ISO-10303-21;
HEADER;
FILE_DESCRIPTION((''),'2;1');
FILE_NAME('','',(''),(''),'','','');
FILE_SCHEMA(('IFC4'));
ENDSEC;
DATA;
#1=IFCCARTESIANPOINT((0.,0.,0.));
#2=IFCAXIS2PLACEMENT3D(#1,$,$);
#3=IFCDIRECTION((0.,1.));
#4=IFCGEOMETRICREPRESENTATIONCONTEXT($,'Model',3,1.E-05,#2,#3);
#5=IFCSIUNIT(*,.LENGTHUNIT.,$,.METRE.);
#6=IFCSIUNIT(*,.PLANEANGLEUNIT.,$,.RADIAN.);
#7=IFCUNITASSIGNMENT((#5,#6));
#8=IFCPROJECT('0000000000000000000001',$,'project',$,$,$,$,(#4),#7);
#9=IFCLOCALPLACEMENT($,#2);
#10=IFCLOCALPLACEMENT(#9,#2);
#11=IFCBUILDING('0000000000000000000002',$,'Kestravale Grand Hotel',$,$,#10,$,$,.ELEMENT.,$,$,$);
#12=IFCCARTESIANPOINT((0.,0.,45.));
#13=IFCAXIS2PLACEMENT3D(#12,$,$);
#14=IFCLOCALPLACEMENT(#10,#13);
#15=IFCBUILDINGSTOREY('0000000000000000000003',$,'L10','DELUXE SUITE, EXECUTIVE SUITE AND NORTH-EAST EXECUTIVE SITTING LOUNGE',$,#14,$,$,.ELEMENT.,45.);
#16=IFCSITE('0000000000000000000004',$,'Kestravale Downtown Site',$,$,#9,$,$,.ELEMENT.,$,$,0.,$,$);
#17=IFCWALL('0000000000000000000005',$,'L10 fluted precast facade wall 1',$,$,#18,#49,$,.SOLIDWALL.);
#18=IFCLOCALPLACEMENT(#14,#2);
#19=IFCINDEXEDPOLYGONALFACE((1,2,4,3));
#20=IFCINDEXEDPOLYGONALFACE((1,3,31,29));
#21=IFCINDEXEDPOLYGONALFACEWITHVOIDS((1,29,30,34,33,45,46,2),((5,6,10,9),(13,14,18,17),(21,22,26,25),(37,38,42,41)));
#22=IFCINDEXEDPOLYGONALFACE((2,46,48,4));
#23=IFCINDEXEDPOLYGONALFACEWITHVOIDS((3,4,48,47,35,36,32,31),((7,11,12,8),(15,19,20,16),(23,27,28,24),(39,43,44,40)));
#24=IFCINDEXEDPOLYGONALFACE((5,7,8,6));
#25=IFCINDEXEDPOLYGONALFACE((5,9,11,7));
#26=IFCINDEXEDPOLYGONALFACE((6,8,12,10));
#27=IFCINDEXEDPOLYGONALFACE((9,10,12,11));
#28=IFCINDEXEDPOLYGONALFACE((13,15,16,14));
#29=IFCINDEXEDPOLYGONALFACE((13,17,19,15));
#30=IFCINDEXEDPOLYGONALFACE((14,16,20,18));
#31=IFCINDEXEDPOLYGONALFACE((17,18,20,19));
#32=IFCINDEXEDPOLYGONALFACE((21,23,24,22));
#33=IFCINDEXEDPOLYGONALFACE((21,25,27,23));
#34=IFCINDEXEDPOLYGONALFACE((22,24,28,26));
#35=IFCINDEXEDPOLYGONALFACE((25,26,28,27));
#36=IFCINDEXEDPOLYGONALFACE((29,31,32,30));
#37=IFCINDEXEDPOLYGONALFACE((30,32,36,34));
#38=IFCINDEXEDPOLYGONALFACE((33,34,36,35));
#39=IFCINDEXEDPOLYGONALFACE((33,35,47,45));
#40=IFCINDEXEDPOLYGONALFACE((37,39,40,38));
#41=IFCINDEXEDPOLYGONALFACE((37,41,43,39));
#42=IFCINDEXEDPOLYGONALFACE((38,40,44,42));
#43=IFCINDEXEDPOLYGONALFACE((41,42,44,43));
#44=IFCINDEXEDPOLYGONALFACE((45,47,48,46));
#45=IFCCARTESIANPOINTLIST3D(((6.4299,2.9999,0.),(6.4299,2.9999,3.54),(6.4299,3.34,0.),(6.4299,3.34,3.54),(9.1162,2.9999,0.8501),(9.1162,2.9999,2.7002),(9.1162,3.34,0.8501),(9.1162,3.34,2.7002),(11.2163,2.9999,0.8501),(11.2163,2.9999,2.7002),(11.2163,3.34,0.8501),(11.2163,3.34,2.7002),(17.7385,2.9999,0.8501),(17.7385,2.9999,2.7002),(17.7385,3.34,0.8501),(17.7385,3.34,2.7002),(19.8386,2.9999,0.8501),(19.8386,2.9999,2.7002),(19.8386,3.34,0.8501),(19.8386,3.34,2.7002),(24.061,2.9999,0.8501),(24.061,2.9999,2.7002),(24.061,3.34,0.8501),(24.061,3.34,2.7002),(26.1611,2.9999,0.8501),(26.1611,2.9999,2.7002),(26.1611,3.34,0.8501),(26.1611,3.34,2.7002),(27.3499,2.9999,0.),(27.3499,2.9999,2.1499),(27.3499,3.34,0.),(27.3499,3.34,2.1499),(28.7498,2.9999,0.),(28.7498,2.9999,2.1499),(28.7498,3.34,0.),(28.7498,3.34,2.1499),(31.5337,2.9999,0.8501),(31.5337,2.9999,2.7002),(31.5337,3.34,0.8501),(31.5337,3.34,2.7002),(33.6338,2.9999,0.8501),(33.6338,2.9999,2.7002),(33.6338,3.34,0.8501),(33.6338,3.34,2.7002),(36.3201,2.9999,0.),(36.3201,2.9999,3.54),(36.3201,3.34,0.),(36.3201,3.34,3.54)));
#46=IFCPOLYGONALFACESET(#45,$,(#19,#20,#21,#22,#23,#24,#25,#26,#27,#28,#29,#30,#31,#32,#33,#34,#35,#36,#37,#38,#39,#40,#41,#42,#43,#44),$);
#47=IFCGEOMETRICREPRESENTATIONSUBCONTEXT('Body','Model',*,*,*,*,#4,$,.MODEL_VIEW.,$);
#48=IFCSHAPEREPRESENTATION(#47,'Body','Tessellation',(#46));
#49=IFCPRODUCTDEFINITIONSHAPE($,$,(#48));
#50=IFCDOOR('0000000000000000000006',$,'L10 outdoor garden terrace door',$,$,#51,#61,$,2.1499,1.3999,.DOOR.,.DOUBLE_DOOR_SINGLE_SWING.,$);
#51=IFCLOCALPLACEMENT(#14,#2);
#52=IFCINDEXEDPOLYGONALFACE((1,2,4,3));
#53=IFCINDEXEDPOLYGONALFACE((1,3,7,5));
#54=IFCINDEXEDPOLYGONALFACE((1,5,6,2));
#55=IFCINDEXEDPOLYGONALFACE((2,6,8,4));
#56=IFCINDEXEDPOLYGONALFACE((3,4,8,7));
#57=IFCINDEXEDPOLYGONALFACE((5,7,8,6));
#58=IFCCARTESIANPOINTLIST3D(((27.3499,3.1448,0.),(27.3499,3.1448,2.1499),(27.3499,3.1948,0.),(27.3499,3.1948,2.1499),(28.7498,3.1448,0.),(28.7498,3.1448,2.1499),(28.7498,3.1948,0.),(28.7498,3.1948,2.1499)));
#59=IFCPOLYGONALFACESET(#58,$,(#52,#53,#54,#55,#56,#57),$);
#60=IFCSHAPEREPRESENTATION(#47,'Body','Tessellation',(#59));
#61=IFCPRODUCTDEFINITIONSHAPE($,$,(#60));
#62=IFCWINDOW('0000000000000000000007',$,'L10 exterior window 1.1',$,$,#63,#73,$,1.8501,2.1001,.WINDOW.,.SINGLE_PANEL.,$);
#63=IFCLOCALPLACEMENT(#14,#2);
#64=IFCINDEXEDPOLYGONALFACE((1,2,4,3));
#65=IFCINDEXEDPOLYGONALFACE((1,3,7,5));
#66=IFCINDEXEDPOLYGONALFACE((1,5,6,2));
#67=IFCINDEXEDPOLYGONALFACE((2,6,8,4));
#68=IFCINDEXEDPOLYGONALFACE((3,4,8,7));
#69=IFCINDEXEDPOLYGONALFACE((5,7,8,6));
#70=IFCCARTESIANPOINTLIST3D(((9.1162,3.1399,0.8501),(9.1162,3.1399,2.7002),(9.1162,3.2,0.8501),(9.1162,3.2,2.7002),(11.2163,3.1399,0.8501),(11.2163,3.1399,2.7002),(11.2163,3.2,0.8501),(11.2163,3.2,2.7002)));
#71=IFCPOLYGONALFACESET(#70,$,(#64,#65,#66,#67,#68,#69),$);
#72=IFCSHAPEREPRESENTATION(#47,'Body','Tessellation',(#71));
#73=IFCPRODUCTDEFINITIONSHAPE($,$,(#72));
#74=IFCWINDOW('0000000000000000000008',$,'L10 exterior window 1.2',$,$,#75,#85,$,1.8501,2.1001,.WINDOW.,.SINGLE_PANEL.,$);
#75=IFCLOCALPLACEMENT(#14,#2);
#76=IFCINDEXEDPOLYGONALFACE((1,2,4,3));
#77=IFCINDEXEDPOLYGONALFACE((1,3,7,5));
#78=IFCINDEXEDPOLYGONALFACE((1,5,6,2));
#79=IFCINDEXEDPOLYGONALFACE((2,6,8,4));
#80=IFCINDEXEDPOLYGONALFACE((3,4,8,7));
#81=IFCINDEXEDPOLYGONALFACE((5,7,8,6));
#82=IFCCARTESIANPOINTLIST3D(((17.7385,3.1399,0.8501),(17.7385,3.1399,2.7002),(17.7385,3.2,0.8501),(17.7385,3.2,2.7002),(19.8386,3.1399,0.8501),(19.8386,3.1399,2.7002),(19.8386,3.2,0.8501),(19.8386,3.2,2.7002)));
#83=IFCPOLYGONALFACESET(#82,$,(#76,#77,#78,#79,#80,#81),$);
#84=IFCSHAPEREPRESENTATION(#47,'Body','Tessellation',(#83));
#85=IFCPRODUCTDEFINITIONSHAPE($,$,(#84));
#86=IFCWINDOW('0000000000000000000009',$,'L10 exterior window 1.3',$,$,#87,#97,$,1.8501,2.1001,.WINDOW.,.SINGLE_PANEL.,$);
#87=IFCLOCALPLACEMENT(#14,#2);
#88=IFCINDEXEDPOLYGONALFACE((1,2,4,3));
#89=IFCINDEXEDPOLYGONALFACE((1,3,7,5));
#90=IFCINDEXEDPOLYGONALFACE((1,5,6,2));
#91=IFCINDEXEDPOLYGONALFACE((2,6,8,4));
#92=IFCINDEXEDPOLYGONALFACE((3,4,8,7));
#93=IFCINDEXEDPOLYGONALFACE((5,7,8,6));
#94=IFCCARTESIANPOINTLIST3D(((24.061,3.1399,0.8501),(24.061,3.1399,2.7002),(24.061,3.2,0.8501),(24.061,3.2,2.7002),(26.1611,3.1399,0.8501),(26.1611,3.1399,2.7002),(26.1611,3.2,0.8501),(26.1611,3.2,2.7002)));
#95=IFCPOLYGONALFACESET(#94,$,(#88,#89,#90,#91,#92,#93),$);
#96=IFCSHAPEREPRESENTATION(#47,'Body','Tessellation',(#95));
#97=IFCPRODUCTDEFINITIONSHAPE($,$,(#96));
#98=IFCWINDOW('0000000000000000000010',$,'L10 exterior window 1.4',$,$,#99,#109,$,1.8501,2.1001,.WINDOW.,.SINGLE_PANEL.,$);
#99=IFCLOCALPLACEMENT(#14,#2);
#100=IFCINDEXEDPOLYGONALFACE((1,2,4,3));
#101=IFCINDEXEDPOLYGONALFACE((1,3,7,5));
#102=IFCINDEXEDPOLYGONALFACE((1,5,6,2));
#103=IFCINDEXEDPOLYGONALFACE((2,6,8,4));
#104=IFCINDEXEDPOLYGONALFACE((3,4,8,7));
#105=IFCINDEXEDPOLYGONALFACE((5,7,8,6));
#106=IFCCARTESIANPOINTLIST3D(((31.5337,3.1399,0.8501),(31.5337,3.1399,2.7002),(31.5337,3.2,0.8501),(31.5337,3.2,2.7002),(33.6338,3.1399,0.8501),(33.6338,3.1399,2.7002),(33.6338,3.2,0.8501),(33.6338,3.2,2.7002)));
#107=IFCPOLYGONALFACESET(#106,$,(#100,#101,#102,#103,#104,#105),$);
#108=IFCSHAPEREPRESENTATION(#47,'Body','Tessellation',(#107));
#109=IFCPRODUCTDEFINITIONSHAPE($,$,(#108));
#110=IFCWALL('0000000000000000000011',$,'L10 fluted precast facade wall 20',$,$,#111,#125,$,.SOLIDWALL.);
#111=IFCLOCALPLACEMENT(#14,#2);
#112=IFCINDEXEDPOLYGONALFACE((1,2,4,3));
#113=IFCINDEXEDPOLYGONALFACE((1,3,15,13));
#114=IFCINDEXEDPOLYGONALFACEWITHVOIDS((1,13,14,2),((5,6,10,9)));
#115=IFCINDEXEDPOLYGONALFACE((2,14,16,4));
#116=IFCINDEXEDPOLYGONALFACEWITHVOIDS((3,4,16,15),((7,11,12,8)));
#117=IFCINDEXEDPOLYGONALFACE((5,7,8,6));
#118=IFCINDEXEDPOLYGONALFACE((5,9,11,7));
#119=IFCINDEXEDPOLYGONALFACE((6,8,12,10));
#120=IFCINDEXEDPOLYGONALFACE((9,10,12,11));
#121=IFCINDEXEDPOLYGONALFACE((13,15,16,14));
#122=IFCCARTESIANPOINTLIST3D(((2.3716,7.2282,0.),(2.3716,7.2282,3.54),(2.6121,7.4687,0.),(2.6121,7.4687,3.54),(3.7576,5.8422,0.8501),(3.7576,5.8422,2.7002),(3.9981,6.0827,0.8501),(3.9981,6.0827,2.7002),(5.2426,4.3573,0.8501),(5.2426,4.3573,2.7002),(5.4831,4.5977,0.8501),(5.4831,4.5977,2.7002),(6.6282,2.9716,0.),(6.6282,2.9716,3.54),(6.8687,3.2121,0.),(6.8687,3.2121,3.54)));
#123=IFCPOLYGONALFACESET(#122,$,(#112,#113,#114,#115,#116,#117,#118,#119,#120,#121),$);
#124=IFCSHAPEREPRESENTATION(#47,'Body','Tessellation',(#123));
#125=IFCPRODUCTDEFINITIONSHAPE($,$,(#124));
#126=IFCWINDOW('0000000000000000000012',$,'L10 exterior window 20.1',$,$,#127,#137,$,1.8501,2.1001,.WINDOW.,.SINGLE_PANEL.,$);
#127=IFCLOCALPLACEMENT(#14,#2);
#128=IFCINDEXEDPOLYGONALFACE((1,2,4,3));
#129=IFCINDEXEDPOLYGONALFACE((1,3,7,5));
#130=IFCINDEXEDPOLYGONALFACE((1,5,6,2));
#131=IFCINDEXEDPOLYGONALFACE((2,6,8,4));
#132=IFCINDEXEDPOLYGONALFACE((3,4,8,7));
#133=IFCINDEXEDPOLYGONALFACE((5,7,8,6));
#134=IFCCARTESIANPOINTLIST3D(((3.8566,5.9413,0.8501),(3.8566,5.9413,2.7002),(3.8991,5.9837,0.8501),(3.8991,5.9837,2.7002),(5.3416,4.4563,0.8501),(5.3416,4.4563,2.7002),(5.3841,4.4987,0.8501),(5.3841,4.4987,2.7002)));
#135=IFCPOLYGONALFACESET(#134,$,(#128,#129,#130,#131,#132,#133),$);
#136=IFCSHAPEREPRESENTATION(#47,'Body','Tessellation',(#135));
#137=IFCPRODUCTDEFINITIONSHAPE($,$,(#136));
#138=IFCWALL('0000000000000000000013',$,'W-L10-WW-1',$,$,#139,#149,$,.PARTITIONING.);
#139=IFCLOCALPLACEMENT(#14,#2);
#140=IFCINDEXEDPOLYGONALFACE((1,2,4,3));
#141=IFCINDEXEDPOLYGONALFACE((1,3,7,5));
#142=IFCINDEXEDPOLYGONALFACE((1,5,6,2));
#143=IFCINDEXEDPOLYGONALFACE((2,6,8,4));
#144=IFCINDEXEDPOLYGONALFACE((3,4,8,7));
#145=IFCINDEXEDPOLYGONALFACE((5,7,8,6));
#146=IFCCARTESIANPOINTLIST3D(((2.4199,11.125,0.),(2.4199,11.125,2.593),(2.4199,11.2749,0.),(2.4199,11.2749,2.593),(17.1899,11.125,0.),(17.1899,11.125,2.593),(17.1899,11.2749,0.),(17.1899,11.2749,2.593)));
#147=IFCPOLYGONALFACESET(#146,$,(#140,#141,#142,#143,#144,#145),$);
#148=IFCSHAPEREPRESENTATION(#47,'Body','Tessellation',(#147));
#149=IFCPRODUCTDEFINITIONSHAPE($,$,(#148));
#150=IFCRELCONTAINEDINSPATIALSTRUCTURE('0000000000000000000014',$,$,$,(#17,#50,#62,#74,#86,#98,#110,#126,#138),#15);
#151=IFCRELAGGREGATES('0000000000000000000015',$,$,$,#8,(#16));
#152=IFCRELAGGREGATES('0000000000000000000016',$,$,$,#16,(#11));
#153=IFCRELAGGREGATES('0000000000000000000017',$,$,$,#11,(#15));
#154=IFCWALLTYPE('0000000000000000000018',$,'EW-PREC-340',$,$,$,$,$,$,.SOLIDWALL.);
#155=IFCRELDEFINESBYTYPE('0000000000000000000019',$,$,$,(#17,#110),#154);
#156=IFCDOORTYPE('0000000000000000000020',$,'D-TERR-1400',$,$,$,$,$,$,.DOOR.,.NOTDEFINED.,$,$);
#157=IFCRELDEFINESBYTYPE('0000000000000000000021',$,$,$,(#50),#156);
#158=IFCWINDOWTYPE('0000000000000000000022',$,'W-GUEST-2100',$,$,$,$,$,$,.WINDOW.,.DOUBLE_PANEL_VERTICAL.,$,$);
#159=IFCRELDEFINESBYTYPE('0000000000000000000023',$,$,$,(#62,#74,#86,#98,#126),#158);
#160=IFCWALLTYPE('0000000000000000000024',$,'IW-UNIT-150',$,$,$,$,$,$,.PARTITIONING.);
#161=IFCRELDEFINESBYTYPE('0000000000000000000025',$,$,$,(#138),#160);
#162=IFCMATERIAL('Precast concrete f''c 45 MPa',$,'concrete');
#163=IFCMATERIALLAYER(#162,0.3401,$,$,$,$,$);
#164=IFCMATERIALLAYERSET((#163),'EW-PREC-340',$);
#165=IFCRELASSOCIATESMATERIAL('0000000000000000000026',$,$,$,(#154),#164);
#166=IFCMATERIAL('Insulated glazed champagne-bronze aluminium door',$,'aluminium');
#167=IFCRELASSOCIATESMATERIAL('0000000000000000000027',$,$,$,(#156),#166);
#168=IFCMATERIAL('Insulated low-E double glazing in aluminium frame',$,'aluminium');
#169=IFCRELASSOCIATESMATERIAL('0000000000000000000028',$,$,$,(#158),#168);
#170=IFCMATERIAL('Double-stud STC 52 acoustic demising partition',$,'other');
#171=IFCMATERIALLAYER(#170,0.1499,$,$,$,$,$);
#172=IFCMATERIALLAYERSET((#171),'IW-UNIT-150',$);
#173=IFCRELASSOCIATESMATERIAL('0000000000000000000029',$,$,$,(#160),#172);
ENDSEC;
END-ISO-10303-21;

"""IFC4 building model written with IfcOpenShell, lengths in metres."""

from ifc_helpers import new_model, si_unit, direction, frame, frame_2d, origin, place, context, subcontext, project, spatial, rectangle, extrude, material, layer, layer_set, type_object, element, fill, save


model = new_model("IFC4")

# Units and contexts
model_context = context("Model", 3, precision=1e-05, world=origin(), true_north=direction((0.0, 1.0)))
body_context = subcontext(model_context, "Body", "Model", "MODEL_VIEW")
ifc_project = project(units=[si_unit("LENGTHUNIT", "METRE"), si_unit("PLANEANGLEUNIT", "RADIAN")], contexts=[model_context])

# Site, building, storey
site_placement = place(None, origin())
site = spatial("IfcSite", under=ifc_project, at=site_placement, Name="Kestravale Downtown Site", CompositionType="ELEMENT", RefElevation=0.0)
building_placement = place(site_placement, origin())
building = spatial("IfcBuilding", under=site, at=building_placement, Name="Kestravale Grand Hotel", CompositionType="ELEMENT")
storey_placement = place(building_placement, frame((0.0, 0.0, 45.0)))
storey = spatial("IfcBuildingStorey", under=building, at=storey_placement, Name="L10", Description="DELUXE SUITE, EXECUTIVE SUITE AND NORTH-EAST EXECUTIVE SITTING LOUNGE", CompositionType="ELEMENT", Elevation=45.0)

# Wall, openings, door, windows
ifc_material_1 = material(Name="Precast concrete f'c 45 MPa", Category="concrete")
ifc_layer_1 = layer(ifc_material_1, 0.3401)
ifc_layer_set_1 = layer_set([ifc_layer_1], Name="EW-PREC-340")
wall_type_1 = type_object("IfcWallType", Name="EW-PREC-340", PredefinedType="SOLIDWALL", material=ifc_layer_set_1)
wall_1_placement = place(storey_placement, frame((6.4299, 3.1699, 0.0), z_axis=(0.0, 0.0, 1.0), x_axis=(1.0, 0.0, 0.0)))
wall_1 = element("IfcWall", 1, at=wall_1_placement, inside=storey, type_object=wall_type_1, Name="L10 fluted precast facade wall 1", PredefinedType="SOLIDWALL", context=body_context, shape_type="SweptSolid", body=[
    extrude(rectangle(XDim=29.8901, YDim=0.3401, at=frame_2d((14.9451, 0.0))), origin(), (0.0, 0.0, 1.0), 3.54),
])
opening_1_placement = place(wall_1_placement, frame((20.9199, 0.0, 0.0)))
opening_1 = element("IfcOpeningElement", 2, at=opening_1_placement, cuts=wall_1, PredefinedType="OPENING", context=body_context, shape_type="SweptSolid", body=[
    extrude(rectangle(XDim=1.3999, YDim=2.1499, at=frame_2d((0.7, 1.075))), frame((0.0, 0.1799, 0.0), z_axis=(0.0, -1.0, 0.0), x_axis=(1.0, 0.0, 0.0)), (0.0, 0.0, 1.0), 0.3601),
])
opening_2_placement = place(wall_1_placement, frame((2.6863, 0.0, 0.8501)))
opening_2 = element("IfcOpeningElement", 3, at=opening_2_placement, cuts=wall_1, PredefinedType="OPENING", context=body_context, shape_type="SweptSolid", body=[
    extrude(rectangle(XDim=2.1001, YDim=1.8501, at=frame_2d((1.05, 0.925))), frame((0.0, 0.1799, 0.0), z_axis=(0.0, -1.0, 0.0), x_axis=(1.0, 0.0, 0.0)), (0.0, 0.0, 1.0), 0.3601),
])
opening_3_placement = place(wall_1_placement, frame((11.3086, 0.0, 0.8501)))
opening_3 = element("IfcOpeningElement", 4, at=opening_3_placement, cuts=wall_1, PredefinedType="OPENING", context=body_context, shape_type="SweptSolid", body=[
    extrude(rectangle(XDim=2.1001, YDim=1.8501, at=frame_2d((1.05, 0.925))), frame((0.0, 0.1799, 0.0), z_axis=(0.0, -1.0, 0.0), x_axis=(1.0, 0.0, 0.0)), (0.0, 0.0, 1.0), 0.3601),
])
opening_4_placement = place(wall_1_placement, frame((17.6311, 0.0, 0.8501)))
opening_4 = element("IfcOpeningElement", 5, at=opening_4_placement, cuts=wall_1, PredefinedType="OPENING", context=body_context, shape_type="SweptSolid", body=[
    extrude(rectangle(XDim=2.1001, YDim=1.8501, at=frame_2d((1.05, 0.925))), frame((0.0, 0.1799, 0.0), z_axis=(0.0, -1.0, 0.0), x_axis=(1.0, 0.0, 0.0)), (0.0, 0.0, 1.0), 0.3601),
])
opening_5_placement = place(wall_1_placement, frame((25.1038, 0.0, 0.8501)))
opening_5 = element("IfcOpeningElement", 6, at=opening_5_placement, cuts=wall_1, PredefinedType="OPENING", context=body_context, shape_type="SweptSolid", body=[
    extrude(rectangle(XDim=2.1001, YDim=1.8501, at=frame_2d((1.05, 0.925))), frame((0.0, 0.1799, 0.0), z_axis=(0.0, -1.0, 0.0), x_axis=(1.0, 0.0, 0.0)), (0.0, 0.0, 1.0), 0.3601),
])
ifc_material_2 = material(Name="Insulated glazed champagne-bronze aluminium door", Category="aluminium")
door_type = type_object("IfcDoorType", Name="D-TERR-1400", OperationType="NOTDEFINED", PredefinedType="DOOR", material=ifc_material_2)
door_placement = place(opening_1_placement, origin())
door = element("IfcDoor", 7, at=door_placement, inside=storey, type_object=door_type, Name="L10 outdoor garden terrace door", OperationType="DOUBLE_DOOR_SINGLE_SWING", OverallHeight=2.1499, OverallWidth=1.3999, PredefinedType="DOOR", context=body_context, shape_type="SweptSolid", body=[
    extrude(rectangle(XDim=1.3999, YDim=2.1499, at=frame_2d((0.7, 1.075))), frame((0.0, 0.0249, 0.0), z_axis=(0.0, -1.0, 0.0), x_axis=(1.0, 0.0, 0.0)), (0.0, 0.0, 1.0), 0.05),
])
fill(opening_1, door)
ifc_material_3 = material(Name="Insulated low-E double glazing in aluminium frame", Category="aluminium")
window_type = type_object("IfcWindowType", Name="W-GUEST-2100", PartitioningType="DOUBLE_PANEL_VERTICAL", PredefinedType="WINDOW", material=ifc_material_3)
window_1_placement = place(opening_2_placement, origin())
window_1 = element("IfcWindow", 8, at=window_1_placement, inside=storey, type_object=window_type, Name="L10 exterior window 1.1", OverallHeight=1.8501, OverallWidth=2.1001, PartitioningType="SINGLE_PANEL", PredefinedType="WINDOW", context=body_context, shape_type="SweptSolid", body=[
    extrude(rectangle(XDim=2.1001, YDim=1.8501, at=frame_2d((1.05, 0.925))), frame((0.0, 0.03, 0.0), z_axis=(0.0, -1.0, 0.0), x_axis=(1.0, 0.0, 0.0)), (0.0, 0.0, 1.0), 0.0601),
])
fill(opening_2, window_1)
window_2_placement = place(opening_3_placement, origin())
window_2 = element("IfcWindow", 9, at=window_2_placement, inside=storey, type_object=window_type, Name="L10 exterior window 1.2", OverallHeight=1.8501, OverallWidth=2.1001, PartitioningType="SINGLE_PANEL", PredefinedType="WINDOW", context=body_context, shape_type="SweptSolid", body=[
    extrude(rectangle(XDim=2.1001, YDim=1.8501, at=frame_2d((1.05, 0.925))), frame((0.0, 0.03, 0.0), z_axis=(0.0, -1.0, 0.0), x_axis=(1.0, 0.0, 0.0)), (0.0, 0.0, 1.0), 0.0601),
])
fill(opening_3, window_2)
window_3_placement = place(opening_4_placement, origin())
window_3 = element("IfcWindow", 10, at=window_3_placement, inside=storey, type_object=window_type, Name="L10 exterior window 1.3", OverallHeight=1.8501, OverallWidth=2.1001, PartitioningType="SINGLE_PANEL", PredefinedType="WINDOW", context=body_context, shape_type="SweptSolid", body=[
    extrude(rectangle(XDim=2.1001, YDim=1.8501, at=frame_2d((1.05, 0.925))), frame((0.0, 0.03, 0.0), z_axis=(0.0, -1.0, 0.0), x_axis=(1.0, 0.0, 0.0)), (0.0, 0.0, 1.0), 0.0601),
])
fill(opening_4, window_3)
window_4_placement = place(opening_5_placement, origin())
window_4 = element("IfcWindow", 11, at=window_4_placement, inside=storey, type_object=window_type, Name="L10 exterior window 1.4", OverallHeight=1.8501, OverallWidth=2.1001, PartitioningType="SINGLE_PANEL", PredefinedType="WINDOW", context=body_context, shape_type="SweptSolid", body=[
    extrude(rectangle(XDim=2.1001, YDim=1.8501, at=frame_2d((1.05, 0.925))), frame((0.0, 0.03, 0.0), z_axis=(0.0, -1.0, 0.0), x_axis=(1.0, 0.0, 0.0)), (0.0, 0.0, 1.0), 0.0601),
])
fill(opening_5, window_4)

# Wall, opening, window
wall_2_placement = place(storey_placement, frame((2.4919, 7.3484, 0.0), z_axis=(0.0, 0.0, 1.0), x_axis=(0.707107, -0.707107, 0.0)))
wall_2 = element("IfcWall", 12, at=wall_2_placement, inside=storey, type_object=wall_type_1, Name="L10 fluted precast facade wall 20", PredefinedType="SOLIDWALL", context=body_context, shape_type="SweptSolid", body=[
    extrude(rectangle(XDim=6.0198, YDim=0.3401, at=frame_2d((3.0098, 0.0))), origin(), (0.0, 0.0, 1.0), 3.54),
])
opening_6_placement = place(wall_2_placement, frame((1.96, 0.0, 0.8501)))
opening_6 = element("IfcOpeningElement", 13, at=opening_6_placement, cuts=wall_2, PredefinedType="OPENING", context=body_context, shape_type="SweptSolid", body=[
    extrude(rectangle(XDim=2.1001, YDim=1.8501, at=frame_2d((1.05, 0.925))), frame((0.0, 0.1799, 0.0), z_axis=(0.0, -1.0, 0.0), x_axis=(1.0, 0.0, 0.0)), (0.0, 0.0, 1.0), 0.3601),
])
window_5_placement = place(opening_6_placement, origin())
window_5 = element("IfcWindow", 14, at=window_5_placement, inside=storey, type_object=window_type, Name="L10 exterior window 20.1", OverallHeight=1.8501, OverallWidth=2.1001, PartitioningType="SINGLE_PANEL", PredefinedType="WINDOW", context=body_context, shape_type="SweptSolid", body=[
    extrude(rectangle(XDim=2.1001, YDim=1.8501, at=frame_2d((1.05, 0.925))), frame((0.0, 0.03, 0.0), z_axis=(0.0, -1.0, 0.0), x_axis=(1.0, 0.0, 0.0)), (0.0, 0.0, 1.0), 0.0601),
])
fill(opening_6, window_5)

# Wall
ifc_material_4 = material(Name="Double-stud STC 52 acoustic demising partition", Category="other")
ifc_layer_2 = layer(ifc_material_4, 0.1499)
ifc_layer_set_2 = layer_set([ifc_layer_2], Name="IW-UNIT-150")
wall_type_2 = type_object("IfcWallType", Name="IW-UNIT-150", PredefinedType="PARTITIONING", material=ifc_layer_set_2)
wall_3_placement = place(storey_placement, frame((2.4199, 11.2, 0.0), z_axis=(0.0, 0.0, 1.0), x_axis=(1.0, 0.0, 0.0)))
element("IfcWall", 15, at=wall_3_placement, inside=storey, type_object=wall_type_2, Name="W-L10-WW-1", PredefinedType="PARTITIONING", context=body_context, shape_type="SweptSolid", body=[
    extrude(rectangle(XDim=14.77, YDim=0.1499, at=frame_2d((7.385, 0.0))), origin(), (0.0, 0.0, 1.0), 2.593),
])

save(model, "model.ifc")
